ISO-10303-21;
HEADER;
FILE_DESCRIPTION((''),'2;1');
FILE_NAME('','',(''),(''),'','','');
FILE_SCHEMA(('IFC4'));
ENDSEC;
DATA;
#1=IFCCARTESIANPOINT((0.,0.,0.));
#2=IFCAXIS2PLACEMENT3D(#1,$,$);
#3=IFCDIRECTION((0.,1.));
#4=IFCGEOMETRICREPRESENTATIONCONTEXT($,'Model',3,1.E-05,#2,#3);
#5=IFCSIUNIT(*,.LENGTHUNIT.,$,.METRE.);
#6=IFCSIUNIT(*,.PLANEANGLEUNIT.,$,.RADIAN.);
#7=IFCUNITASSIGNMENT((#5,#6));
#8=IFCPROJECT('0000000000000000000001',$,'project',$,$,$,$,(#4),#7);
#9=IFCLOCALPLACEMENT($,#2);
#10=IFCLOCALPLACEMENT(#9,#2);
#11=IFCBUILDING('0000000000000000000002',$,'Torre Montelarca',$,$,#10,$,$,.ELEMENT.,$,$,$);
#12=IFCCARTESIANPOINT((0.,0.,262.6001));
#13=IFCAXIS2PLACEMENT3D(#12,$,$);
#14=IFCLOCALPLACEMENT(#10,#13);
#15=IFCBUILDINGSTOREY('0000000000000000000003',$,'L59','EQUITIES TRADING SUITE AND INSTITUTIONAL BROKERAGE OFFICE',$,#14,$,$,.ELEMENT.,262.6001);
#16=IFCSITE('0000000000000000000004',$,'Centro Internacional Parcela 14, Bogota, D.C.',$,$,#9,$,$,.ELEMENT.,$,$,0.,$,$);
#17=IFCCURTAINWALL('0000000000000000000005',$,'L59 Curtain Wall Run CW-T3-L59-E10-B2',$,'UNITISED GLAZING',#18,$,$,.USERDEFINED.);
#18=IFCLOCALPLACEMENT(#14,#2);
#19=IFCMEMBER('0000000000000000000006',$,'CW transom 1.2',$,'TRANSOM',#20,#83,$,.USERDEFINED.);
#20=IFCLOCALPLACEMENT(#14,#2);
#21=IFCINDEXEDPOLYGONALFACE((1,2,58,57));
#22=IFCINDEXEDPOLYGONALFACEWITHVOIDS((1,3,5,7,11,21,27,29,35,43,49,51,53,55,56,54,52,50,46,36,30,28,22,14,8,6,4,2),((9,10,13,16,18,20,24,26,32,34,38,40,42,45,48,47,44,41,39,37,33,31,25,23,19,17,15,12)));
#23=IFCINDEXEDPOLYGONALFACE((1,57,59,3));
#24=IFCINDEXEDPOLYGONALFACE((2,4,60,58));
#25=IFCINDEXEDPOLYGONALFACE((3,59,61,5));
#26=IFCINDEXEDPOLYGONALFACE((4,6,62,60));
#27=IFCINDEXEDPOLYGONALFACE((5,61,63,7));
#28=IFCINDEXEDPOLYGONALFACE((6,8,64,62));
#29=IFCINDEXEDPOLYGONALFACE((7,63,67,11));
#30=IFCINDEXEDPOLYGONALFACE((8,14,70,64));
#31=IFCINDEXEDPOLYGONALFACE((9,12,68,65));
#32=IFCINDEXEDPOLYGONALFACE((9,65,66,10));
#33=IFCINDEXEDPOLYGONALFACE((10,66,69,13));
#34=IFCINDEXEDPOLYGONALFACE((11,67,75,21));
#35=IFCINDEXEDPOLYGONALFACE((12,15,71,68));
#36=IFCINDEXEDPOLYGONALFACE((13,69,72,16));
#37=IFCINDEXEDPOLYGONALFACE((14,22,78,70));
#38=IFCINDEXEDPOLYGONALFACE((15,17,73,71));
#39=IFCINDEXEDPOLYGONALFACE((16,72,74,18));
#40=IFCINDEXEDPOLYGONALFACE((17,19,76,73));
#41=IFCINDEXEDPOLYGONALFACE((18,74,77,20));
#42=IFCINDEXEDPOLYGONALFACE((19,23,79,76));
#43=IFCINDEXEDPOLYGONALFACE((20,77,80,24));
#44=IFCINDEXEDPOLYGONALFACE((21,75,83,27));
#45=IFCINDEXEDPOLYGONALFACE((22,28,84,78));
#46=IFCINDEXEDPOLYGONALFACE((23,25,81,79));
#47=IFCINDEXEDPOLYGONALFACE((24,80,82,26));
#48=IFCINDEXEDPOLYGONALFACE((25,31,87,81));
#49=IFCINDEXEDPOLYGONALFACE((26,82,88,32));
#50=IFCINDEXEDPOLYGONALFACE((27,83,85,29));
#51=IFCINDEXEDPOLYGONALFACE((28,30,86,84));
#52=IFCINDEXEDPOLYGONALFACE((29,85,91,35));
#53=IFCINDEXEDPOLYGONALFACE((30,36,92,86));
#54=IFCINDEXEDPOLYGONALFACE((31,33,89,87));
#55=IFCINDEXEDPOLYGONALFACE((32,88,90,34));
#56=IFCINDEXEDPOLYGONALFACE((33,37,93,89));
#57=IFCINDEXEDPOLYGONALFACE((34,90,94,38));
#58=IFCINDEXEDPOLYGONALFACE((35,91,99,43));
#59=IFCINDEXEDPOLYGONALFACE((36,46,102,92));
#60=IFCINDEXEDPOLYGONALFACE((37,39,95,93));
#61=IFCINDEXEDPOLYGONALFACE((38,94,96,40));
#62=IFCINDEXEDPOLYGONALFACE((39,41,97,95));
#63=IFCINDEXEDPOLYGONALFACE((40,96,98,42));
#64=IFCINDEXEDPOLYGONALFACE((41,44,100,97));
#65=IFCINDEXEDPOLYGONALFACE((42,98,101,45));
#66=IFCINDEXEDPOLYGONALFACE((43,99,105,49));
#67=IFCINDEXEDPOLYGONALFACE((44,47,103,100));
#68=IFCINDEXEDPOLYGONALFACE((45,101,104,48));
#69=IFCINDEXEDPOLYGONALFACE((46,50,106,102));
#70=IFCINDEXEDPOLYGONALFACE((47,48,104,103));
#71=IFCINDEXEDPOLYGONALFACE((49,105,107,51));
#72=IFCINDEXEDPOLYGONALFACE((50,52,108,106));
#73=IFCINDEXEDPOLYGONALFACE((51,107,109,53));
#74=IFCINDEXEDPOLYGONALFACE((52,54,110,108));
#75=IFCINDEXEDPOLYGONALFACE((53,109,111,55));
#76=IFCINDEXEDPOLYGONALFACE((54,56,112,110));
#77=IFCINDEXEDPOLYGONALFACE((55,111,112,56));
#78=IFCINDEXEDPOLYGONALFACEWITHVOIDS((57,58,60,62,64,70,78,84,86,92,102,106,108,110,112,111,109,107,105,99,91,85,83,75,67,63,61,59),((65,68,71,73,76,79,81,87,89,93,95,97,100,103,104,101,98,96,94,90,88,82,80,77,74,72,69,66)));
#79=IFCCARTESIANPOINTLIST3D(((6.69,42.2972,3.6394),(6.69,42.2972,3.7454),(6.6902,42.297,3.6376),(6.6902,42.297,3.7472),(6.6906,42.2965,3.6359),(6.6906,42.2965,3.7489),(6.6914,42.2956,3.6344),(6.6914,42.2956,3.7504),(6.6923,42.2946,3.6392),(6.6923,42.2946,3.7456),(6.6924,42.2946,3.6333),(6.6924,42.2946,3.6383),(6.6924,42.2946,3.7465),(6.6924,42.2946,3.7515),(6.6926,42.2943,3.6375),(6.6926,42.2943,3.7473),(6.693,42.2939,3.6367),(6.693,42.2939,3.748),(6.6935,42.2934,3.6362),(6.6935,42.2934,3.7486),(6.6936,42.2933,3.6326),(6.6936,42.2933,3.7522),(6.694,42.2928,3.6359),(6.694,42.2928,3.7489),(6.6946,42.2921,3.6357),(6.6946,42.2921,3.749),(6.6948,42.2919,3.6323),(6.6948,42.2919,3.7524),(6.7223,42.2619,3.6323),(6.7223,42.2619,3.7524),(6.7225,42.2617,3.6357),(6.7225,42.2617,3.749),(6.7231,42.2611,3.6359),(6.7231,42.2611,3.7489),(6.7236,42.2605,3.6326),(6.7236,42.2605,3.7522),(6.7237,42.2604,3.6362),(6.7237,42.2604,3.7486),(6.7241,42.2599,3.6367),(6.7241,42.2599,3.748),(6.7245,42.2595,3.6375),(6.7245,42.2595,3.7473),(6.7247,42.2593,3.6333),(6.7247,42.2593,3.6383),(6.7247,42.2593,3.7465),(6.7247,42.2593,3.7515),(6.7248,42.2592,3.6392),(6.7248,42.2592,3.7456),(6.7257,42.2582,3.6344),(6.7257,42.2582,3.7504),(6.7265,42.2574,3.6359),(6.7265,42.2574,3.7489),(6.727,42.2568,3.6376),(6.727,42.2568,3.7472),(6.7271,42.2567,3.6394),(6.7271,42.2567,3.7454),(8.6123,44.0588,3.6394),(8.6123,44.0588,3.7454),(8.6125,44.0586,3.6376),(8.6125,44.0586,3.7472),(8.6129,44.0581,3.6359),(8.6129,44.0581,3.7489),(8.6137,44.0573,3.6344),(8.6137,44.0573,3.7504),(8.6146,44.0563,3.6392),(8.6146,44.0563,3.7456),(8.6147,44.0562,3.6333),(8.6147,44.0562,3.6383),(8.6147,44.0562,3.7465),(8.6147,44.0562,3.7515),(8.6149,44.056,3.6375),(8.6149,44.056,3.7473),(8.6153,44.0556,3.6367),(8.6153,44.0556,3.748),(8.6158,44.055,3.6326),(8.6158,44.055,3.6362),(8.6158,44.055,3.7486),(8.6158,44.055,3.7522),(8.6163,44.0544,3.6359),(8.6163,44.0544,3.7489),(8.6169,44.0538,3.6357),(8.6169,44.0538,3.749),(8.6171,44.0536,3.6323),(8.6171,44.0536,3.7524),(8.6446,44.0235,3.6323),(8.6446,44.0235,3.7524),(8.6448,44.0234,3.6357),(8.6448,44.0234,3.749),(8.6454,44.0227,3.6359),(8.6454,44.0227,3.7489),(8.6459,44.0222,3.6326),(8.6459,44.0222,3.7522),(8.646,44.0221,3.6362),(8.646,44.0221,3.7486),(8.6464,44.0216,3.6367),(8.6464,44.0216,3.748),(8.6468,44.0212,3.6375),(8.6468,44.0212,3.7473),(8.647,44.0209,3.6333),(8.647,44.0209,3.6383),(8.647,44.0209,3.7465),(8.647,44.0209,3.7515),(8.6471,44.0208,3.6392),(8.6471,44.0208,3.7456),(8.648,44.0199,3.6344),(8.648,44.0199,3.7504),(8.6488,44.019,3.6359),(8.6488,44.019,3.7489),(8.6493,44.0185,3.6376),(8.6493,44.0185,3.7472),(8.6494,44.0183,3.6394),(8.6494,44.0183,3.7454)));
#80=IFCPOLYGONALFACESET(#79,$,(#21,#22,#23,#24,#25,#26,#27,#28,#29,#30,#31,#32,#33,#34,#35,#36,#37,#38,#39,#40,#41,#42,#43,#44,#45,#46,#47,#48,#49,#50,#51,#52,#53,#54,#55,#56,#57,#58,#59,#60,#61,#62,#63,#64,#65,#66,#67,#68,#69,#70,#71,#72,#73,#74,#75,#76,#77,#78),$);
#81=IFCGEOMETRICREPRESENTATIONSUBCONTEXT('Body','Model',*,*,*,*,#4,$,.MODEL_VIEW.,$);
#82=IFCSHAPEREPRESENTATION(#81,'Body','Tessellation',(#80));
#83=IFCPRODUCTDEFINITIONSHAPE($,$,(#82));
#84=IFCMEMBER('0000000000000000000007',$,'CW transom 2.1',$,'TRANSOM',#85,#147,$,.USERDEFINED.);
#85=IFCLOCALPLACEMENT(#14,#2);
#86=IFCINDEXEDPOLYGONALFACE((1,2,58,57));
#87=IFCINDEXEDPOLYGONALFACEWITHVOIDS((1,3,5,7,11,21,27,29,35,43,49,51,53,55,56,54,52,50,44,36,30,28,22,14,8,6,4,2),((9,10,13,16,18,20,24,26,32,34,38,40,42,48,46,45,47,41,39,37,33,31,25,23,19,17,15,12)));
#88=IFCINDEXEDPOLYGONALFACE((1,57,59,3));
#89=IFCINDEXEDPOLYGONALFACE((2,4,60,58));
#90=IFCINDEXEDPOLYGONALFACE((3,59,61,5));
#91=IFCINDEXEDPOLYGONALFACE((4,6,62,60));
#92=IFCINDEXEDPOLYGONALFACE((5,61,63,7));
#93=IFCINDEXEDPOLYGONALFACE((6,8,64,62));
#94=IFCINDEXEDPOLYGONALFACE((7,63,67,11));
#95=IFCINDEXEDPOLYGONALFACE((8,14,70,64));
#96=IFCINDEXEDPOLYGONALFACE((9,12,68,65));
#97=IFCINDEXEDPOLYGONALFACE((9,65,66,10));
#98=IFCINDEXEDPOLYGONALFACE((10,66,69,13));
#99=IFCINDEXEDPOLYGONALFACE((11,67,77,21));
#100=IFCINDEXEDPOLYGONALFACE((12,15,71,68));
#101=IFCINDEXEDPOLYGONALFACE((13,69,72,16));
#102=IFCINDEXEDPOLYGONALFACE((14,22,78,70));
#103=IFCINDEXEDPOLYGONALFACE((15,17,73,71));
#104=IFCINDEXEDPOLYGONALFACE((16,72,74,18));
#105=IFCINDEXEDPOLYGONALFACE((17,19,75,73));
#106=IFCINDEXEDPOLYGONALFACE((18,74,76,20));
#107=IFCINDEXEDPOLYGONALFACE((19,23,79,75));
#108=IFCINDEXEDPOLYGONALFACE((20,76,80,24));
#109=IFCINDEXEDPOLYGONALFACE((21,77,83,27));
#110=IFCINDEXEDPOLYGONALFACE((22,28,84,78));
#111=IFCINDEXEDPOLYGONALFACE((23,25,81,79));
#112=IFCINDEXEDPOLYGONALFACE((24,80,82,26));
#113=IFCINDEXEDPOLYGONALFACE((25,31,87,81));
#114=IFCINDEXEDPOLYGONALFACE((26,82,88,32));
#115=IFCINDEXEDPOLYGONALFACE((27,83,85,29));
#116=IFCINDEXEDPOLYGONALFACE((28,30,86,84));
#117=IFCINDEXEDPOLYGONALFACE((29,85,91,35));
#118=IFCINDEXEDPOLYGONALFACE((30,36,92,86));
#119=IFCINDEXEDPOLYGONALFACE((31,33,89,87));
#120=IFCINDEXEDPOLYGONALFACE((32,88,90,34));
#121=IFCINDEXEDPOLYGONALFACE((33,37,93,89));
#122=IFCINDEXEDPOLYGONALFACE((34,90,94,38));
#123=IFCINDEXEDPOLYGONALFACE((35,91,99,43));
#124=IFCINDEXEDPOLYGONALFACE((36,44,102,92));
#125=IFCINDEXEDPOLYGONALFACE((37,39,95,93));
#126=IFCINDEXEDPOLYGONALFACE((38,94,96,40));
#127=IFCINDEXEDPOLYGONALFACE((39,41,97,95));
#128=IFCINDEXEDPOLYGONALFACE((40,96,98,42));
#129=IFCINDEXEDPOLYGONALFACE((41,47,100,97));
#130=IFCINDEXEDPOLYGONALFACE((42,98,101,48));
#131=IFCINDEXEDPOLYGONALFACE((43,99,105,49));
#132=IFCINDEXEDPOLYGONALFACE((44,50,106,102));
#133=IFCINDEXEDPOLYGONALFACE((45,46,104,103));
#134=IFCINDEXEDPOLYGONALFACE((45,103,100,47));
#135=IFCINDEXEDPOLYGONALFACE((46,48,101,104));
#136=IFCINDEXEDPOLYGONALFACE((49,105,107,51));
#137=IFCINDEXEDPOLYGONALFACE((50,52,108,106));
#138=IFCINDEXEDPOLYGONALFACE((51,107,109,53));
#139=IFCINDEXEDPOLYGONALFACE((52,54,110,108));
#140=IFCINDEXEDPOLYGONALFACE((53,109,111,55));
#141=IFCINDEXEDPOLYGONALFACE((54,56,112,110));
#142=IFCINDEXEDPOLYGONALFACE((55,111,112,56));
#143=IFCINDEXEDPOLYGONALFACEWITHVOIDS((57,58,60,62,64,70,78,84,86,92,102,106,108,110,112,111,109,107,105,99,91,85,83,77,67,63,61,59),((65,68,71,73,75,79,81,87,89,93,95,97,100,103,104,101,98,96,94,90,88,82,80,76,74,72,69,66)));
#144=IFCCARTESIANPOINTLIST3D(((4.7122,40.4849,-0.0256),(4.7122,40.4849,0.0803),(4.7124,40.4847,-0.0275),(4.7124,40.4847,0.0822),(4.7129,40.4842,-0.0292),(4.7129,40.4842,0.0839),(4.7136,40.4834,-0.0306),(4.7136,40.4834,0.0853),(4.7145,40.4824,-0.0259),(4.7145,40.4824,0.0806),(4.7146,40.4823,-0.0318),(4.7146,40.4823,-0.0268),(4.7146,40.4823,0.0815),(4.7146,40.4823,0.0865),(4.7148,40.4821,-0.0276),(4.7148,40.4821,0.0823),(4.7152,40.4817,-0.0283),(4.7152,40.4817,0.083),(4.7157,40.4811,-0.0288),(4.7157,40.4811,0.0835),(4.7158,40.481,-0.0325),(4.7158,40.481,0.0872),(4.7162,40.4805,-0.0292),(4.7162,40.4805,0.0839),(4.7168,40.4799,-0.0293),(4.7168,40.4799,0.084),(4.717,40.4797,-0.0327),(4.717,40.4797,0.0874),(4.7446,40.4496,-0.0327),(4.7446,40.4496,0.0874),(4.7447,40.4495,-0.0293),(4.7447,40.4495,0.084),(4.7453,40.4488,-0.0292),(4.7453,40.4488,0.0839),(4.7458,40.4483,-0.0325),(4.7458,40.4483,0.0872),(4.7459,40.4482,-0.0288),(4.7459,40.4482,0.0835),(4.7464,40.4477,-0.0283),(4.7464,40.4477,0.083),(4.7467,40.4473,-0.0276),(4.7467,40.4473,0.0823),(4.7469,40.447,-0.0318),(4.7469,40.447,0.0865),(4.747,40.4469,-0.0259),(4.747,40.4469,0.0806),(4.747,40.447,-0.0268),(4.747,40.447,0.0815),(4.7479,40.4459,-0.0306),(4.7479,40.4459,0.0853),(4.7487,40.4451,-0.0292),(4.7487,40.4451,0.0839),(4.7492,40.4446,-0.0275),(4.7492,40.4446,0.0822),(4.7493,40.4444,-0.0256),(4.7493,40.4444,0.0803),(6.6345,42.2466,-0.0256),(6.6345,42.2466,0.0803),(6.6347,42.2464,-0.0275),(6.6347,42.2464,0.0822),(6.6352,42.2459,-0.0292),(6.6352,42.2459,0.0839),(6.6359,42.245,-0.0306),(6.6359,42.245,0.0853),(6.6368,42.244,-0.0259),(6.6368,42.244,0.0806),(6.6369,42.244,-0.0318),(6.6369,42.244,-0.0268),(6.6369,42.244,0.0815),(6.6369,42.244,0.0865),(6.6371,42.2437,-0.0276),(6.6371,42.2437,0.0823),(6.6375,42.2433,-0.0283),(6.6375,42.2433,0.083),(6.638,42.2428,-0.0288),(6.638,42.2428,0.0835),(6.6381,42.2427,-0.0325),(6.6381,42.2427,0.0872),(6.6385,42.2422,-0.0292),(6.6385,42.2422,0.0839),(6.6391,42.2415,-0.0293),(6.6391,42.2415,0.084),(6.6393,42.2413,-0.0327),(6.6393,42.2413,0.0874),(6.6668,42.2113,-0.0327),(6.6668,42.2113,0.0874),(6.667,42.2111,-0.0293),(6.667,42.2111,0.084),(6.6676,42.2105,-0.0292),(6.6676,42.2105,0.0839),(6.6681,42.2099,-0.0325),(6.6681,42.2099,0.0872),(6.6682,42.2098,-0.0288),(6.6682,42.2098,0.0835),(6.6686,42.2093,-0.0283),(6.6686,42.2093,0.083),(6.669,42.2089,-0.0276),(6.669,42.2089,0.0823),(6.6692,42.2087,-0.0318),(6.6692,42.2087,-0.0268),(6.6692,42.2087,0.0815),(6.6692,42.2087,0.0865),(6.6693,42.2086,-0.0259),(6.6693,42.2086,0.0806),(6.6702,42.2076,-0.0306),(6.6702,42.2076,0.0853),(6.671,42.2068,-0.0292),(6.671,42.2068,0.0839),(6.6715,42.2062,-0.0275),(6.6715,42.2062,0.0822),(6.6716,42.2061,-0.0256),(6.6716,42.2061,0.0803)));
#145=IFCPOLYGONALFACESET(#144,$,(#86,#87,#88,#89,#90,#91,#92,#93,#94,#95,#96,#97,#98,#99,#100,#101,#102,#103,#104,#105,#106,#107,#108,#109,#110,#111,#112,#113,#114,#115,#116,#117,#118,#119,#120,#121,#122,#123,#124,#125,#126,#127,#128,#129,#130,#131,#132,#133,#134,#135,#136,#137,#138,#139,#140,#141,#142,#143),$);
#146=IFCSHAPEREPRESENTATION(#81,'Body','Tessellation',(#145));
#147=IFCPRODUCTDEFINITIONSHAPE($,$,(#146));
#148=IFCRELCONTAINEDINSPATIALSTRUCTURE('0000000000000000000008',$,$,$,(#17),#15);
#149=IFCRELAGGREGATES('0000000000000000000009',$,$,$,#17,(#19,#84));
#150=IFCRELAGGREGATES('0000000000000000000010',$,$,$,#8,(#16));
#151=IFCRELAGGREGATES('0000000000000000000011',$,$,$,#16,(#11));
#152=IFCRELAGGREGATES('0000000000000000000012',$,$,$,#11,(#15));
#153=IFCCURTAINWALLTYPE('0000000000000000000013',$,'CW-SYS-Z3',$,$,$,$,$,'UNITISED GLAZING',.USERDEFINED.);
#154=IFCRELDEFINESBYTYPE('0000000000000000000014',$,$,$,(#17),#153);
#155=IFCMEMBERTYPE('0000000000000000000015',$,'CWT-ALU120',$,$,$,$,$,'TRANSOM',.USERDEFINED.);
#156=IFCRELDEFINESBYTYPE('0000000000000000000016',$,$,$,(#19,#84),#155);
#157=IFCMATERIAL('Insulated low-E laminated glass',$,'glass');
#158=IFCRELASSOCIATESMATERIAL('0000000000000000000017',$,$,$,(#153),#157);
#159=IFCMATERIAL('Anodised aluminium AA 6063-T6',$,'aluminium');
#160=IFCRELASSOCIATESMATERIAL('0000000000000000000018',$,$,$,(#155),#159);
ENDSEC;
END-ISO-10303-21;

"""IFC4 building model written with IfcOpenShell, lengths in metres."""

from ifc_helpers import new_model, si_unit, direction, frame, origin, origin_2d, place, context, subcontext, project, spatial, hollow_rectangle, extrude, source, transform, mapped, material, material_profile, profile_set, type_object, element, aggregate, save


model = new_model("IFC4")

# Units and contexts
model_context = context("Model", 3, precision=1e-05, world=origin(), true_north=direction((0.0, 1.0)))
body_context = subcontext(model_context, "Body", "Model", "MODEL_VIEW")
ifc_project = project(units=[si_unit("LENGTHUNIT", "METRE"), si_unit("PLANEANGLEUNIT", "RADIAN")], contexts=[model_context])

# Site, building, storey
site_placement = place(None, origin())
site = spatial("IfcSite", under=ifc_project, at=site_placement, Name="Centro Internacional Parcela 14, Bogota, D.C.", CompositionType="ELEMENT", RefElevation=0.0)
building_placement = place(site_placement, origin())
building = spatial("IfcBuilding", under=site, at=building_placement, Name="Torre Montelarca", CompositionType="ELEMENT")
storey_placement = place(building_placement, frame((0.0, 0.0, 262.6001)))
storey = spatial("IfcBuildingStorey", under=building, at=storey_placement, Name="L59", Description="EQUITIES TRADING SUITE AND INSTITUTIONAL BROKERAGE OFFICE", CompositionType="ELEMENT", Elevation=262.6001)

# Curtain wall
ifc_material_1 = material(Name="Insulated low-E laminated glass", Category="glass")
curtain_wall_type = type_object("IfcCurtainWallType", Name="CW-SYS-Z3", ElementType="UNITISED GLAZING", PredefinedType="USERDEFINED", material=ifc_material_1)
ifc_material_2 = material(Name="Anodised aluminium AA 6063-T6", Category="aluminium")
curtain_wall_1_placement = place(storey_placement, origin())
curtain_wall_1 = element("IfcCurtainWall", 1, at=curtain_wall_1_placement, inside=storey, type_object=curtain_wall_type, Name="L59 Curtain Wall Run CW-T3-L59-E10-B2", ObjectType="UNITISED GLAZING", PredefinedType="USERDEFINED")

# Members
ifc_material_profile_1 = material_profile(ifc_material_2, hollow_rectangle(XDim=0.0549, YDim=0.1201, WallThickness=0.0034, InnerFilletRadius=0.0034, OuterFilletRadius=0.0071, at=origin_2d()), Name="ALU55X120X3.5", Category="aluminium")
ifc_profile_set_1 = profile_set([ifc_material_profile_1], Name="Anodised aluminium AA 6063-T6")
member_type_1 = type_object("IfcMemberType", Name="CWT-ALU120", ElementType="TRANSOM", PredefinedType="USERDEFINED", material=ifc_profile_set_1)
shared_shape_1 = source(origin(), body_context, "Body", "SweptSolid", [
    extrude(hollow_rectangle(XDim=0.0549, YDim=0.1201, WallThickness=0.0034, InnerFilletRadius=0.0034, OuterFilletRadius=0.0071, at=origin_2d()), origin(), (0.0, 0.0, 1.0), 2.6074),
])
member_1_placement = place(storey_placement, frame((8.6309, 44.0386, 3.6924), z_axis=(-0.73724, -0.675631, 0.0), x_axis=(0.675631, -0.73724, 0.0)))
member_1 = element("IfcMember", 2, at=member_1_placement, type_object=member_type_1, Name="CW transom 1.2", ObjectType="TRANSOM", PredefinedType="USERDEFINED", context=body_context, shape_type="MappedRepresentation", body=[
    mapped(shared_shape_1, transform((0.0, 0.0, 0.0), scale=1.0)),
])
member_2_placement = place(storey_placement, frame((6.6531, 42.2263, 0.0273), z_axis=(-0.73724, -0.675631, 0.0), x_axis=(0.675631, -0.73724, 0.0)))
member_2 = element("IfcMember", 3, at=member_2_placement, type_object=member_type_1, Name="CW transom 2.1", ObjectType="TRANSOM", PredefinedType="USERDEFINED", context=body_context, shape_type="MappedRepresentation", body=[
    mapped(shared_shape_1, transform((0.0, 0.0, 0.0), scale=1.0)),
])

aggregate(curtain_wall_1, [member_1, member_2])

save(model, "model.ifc")
